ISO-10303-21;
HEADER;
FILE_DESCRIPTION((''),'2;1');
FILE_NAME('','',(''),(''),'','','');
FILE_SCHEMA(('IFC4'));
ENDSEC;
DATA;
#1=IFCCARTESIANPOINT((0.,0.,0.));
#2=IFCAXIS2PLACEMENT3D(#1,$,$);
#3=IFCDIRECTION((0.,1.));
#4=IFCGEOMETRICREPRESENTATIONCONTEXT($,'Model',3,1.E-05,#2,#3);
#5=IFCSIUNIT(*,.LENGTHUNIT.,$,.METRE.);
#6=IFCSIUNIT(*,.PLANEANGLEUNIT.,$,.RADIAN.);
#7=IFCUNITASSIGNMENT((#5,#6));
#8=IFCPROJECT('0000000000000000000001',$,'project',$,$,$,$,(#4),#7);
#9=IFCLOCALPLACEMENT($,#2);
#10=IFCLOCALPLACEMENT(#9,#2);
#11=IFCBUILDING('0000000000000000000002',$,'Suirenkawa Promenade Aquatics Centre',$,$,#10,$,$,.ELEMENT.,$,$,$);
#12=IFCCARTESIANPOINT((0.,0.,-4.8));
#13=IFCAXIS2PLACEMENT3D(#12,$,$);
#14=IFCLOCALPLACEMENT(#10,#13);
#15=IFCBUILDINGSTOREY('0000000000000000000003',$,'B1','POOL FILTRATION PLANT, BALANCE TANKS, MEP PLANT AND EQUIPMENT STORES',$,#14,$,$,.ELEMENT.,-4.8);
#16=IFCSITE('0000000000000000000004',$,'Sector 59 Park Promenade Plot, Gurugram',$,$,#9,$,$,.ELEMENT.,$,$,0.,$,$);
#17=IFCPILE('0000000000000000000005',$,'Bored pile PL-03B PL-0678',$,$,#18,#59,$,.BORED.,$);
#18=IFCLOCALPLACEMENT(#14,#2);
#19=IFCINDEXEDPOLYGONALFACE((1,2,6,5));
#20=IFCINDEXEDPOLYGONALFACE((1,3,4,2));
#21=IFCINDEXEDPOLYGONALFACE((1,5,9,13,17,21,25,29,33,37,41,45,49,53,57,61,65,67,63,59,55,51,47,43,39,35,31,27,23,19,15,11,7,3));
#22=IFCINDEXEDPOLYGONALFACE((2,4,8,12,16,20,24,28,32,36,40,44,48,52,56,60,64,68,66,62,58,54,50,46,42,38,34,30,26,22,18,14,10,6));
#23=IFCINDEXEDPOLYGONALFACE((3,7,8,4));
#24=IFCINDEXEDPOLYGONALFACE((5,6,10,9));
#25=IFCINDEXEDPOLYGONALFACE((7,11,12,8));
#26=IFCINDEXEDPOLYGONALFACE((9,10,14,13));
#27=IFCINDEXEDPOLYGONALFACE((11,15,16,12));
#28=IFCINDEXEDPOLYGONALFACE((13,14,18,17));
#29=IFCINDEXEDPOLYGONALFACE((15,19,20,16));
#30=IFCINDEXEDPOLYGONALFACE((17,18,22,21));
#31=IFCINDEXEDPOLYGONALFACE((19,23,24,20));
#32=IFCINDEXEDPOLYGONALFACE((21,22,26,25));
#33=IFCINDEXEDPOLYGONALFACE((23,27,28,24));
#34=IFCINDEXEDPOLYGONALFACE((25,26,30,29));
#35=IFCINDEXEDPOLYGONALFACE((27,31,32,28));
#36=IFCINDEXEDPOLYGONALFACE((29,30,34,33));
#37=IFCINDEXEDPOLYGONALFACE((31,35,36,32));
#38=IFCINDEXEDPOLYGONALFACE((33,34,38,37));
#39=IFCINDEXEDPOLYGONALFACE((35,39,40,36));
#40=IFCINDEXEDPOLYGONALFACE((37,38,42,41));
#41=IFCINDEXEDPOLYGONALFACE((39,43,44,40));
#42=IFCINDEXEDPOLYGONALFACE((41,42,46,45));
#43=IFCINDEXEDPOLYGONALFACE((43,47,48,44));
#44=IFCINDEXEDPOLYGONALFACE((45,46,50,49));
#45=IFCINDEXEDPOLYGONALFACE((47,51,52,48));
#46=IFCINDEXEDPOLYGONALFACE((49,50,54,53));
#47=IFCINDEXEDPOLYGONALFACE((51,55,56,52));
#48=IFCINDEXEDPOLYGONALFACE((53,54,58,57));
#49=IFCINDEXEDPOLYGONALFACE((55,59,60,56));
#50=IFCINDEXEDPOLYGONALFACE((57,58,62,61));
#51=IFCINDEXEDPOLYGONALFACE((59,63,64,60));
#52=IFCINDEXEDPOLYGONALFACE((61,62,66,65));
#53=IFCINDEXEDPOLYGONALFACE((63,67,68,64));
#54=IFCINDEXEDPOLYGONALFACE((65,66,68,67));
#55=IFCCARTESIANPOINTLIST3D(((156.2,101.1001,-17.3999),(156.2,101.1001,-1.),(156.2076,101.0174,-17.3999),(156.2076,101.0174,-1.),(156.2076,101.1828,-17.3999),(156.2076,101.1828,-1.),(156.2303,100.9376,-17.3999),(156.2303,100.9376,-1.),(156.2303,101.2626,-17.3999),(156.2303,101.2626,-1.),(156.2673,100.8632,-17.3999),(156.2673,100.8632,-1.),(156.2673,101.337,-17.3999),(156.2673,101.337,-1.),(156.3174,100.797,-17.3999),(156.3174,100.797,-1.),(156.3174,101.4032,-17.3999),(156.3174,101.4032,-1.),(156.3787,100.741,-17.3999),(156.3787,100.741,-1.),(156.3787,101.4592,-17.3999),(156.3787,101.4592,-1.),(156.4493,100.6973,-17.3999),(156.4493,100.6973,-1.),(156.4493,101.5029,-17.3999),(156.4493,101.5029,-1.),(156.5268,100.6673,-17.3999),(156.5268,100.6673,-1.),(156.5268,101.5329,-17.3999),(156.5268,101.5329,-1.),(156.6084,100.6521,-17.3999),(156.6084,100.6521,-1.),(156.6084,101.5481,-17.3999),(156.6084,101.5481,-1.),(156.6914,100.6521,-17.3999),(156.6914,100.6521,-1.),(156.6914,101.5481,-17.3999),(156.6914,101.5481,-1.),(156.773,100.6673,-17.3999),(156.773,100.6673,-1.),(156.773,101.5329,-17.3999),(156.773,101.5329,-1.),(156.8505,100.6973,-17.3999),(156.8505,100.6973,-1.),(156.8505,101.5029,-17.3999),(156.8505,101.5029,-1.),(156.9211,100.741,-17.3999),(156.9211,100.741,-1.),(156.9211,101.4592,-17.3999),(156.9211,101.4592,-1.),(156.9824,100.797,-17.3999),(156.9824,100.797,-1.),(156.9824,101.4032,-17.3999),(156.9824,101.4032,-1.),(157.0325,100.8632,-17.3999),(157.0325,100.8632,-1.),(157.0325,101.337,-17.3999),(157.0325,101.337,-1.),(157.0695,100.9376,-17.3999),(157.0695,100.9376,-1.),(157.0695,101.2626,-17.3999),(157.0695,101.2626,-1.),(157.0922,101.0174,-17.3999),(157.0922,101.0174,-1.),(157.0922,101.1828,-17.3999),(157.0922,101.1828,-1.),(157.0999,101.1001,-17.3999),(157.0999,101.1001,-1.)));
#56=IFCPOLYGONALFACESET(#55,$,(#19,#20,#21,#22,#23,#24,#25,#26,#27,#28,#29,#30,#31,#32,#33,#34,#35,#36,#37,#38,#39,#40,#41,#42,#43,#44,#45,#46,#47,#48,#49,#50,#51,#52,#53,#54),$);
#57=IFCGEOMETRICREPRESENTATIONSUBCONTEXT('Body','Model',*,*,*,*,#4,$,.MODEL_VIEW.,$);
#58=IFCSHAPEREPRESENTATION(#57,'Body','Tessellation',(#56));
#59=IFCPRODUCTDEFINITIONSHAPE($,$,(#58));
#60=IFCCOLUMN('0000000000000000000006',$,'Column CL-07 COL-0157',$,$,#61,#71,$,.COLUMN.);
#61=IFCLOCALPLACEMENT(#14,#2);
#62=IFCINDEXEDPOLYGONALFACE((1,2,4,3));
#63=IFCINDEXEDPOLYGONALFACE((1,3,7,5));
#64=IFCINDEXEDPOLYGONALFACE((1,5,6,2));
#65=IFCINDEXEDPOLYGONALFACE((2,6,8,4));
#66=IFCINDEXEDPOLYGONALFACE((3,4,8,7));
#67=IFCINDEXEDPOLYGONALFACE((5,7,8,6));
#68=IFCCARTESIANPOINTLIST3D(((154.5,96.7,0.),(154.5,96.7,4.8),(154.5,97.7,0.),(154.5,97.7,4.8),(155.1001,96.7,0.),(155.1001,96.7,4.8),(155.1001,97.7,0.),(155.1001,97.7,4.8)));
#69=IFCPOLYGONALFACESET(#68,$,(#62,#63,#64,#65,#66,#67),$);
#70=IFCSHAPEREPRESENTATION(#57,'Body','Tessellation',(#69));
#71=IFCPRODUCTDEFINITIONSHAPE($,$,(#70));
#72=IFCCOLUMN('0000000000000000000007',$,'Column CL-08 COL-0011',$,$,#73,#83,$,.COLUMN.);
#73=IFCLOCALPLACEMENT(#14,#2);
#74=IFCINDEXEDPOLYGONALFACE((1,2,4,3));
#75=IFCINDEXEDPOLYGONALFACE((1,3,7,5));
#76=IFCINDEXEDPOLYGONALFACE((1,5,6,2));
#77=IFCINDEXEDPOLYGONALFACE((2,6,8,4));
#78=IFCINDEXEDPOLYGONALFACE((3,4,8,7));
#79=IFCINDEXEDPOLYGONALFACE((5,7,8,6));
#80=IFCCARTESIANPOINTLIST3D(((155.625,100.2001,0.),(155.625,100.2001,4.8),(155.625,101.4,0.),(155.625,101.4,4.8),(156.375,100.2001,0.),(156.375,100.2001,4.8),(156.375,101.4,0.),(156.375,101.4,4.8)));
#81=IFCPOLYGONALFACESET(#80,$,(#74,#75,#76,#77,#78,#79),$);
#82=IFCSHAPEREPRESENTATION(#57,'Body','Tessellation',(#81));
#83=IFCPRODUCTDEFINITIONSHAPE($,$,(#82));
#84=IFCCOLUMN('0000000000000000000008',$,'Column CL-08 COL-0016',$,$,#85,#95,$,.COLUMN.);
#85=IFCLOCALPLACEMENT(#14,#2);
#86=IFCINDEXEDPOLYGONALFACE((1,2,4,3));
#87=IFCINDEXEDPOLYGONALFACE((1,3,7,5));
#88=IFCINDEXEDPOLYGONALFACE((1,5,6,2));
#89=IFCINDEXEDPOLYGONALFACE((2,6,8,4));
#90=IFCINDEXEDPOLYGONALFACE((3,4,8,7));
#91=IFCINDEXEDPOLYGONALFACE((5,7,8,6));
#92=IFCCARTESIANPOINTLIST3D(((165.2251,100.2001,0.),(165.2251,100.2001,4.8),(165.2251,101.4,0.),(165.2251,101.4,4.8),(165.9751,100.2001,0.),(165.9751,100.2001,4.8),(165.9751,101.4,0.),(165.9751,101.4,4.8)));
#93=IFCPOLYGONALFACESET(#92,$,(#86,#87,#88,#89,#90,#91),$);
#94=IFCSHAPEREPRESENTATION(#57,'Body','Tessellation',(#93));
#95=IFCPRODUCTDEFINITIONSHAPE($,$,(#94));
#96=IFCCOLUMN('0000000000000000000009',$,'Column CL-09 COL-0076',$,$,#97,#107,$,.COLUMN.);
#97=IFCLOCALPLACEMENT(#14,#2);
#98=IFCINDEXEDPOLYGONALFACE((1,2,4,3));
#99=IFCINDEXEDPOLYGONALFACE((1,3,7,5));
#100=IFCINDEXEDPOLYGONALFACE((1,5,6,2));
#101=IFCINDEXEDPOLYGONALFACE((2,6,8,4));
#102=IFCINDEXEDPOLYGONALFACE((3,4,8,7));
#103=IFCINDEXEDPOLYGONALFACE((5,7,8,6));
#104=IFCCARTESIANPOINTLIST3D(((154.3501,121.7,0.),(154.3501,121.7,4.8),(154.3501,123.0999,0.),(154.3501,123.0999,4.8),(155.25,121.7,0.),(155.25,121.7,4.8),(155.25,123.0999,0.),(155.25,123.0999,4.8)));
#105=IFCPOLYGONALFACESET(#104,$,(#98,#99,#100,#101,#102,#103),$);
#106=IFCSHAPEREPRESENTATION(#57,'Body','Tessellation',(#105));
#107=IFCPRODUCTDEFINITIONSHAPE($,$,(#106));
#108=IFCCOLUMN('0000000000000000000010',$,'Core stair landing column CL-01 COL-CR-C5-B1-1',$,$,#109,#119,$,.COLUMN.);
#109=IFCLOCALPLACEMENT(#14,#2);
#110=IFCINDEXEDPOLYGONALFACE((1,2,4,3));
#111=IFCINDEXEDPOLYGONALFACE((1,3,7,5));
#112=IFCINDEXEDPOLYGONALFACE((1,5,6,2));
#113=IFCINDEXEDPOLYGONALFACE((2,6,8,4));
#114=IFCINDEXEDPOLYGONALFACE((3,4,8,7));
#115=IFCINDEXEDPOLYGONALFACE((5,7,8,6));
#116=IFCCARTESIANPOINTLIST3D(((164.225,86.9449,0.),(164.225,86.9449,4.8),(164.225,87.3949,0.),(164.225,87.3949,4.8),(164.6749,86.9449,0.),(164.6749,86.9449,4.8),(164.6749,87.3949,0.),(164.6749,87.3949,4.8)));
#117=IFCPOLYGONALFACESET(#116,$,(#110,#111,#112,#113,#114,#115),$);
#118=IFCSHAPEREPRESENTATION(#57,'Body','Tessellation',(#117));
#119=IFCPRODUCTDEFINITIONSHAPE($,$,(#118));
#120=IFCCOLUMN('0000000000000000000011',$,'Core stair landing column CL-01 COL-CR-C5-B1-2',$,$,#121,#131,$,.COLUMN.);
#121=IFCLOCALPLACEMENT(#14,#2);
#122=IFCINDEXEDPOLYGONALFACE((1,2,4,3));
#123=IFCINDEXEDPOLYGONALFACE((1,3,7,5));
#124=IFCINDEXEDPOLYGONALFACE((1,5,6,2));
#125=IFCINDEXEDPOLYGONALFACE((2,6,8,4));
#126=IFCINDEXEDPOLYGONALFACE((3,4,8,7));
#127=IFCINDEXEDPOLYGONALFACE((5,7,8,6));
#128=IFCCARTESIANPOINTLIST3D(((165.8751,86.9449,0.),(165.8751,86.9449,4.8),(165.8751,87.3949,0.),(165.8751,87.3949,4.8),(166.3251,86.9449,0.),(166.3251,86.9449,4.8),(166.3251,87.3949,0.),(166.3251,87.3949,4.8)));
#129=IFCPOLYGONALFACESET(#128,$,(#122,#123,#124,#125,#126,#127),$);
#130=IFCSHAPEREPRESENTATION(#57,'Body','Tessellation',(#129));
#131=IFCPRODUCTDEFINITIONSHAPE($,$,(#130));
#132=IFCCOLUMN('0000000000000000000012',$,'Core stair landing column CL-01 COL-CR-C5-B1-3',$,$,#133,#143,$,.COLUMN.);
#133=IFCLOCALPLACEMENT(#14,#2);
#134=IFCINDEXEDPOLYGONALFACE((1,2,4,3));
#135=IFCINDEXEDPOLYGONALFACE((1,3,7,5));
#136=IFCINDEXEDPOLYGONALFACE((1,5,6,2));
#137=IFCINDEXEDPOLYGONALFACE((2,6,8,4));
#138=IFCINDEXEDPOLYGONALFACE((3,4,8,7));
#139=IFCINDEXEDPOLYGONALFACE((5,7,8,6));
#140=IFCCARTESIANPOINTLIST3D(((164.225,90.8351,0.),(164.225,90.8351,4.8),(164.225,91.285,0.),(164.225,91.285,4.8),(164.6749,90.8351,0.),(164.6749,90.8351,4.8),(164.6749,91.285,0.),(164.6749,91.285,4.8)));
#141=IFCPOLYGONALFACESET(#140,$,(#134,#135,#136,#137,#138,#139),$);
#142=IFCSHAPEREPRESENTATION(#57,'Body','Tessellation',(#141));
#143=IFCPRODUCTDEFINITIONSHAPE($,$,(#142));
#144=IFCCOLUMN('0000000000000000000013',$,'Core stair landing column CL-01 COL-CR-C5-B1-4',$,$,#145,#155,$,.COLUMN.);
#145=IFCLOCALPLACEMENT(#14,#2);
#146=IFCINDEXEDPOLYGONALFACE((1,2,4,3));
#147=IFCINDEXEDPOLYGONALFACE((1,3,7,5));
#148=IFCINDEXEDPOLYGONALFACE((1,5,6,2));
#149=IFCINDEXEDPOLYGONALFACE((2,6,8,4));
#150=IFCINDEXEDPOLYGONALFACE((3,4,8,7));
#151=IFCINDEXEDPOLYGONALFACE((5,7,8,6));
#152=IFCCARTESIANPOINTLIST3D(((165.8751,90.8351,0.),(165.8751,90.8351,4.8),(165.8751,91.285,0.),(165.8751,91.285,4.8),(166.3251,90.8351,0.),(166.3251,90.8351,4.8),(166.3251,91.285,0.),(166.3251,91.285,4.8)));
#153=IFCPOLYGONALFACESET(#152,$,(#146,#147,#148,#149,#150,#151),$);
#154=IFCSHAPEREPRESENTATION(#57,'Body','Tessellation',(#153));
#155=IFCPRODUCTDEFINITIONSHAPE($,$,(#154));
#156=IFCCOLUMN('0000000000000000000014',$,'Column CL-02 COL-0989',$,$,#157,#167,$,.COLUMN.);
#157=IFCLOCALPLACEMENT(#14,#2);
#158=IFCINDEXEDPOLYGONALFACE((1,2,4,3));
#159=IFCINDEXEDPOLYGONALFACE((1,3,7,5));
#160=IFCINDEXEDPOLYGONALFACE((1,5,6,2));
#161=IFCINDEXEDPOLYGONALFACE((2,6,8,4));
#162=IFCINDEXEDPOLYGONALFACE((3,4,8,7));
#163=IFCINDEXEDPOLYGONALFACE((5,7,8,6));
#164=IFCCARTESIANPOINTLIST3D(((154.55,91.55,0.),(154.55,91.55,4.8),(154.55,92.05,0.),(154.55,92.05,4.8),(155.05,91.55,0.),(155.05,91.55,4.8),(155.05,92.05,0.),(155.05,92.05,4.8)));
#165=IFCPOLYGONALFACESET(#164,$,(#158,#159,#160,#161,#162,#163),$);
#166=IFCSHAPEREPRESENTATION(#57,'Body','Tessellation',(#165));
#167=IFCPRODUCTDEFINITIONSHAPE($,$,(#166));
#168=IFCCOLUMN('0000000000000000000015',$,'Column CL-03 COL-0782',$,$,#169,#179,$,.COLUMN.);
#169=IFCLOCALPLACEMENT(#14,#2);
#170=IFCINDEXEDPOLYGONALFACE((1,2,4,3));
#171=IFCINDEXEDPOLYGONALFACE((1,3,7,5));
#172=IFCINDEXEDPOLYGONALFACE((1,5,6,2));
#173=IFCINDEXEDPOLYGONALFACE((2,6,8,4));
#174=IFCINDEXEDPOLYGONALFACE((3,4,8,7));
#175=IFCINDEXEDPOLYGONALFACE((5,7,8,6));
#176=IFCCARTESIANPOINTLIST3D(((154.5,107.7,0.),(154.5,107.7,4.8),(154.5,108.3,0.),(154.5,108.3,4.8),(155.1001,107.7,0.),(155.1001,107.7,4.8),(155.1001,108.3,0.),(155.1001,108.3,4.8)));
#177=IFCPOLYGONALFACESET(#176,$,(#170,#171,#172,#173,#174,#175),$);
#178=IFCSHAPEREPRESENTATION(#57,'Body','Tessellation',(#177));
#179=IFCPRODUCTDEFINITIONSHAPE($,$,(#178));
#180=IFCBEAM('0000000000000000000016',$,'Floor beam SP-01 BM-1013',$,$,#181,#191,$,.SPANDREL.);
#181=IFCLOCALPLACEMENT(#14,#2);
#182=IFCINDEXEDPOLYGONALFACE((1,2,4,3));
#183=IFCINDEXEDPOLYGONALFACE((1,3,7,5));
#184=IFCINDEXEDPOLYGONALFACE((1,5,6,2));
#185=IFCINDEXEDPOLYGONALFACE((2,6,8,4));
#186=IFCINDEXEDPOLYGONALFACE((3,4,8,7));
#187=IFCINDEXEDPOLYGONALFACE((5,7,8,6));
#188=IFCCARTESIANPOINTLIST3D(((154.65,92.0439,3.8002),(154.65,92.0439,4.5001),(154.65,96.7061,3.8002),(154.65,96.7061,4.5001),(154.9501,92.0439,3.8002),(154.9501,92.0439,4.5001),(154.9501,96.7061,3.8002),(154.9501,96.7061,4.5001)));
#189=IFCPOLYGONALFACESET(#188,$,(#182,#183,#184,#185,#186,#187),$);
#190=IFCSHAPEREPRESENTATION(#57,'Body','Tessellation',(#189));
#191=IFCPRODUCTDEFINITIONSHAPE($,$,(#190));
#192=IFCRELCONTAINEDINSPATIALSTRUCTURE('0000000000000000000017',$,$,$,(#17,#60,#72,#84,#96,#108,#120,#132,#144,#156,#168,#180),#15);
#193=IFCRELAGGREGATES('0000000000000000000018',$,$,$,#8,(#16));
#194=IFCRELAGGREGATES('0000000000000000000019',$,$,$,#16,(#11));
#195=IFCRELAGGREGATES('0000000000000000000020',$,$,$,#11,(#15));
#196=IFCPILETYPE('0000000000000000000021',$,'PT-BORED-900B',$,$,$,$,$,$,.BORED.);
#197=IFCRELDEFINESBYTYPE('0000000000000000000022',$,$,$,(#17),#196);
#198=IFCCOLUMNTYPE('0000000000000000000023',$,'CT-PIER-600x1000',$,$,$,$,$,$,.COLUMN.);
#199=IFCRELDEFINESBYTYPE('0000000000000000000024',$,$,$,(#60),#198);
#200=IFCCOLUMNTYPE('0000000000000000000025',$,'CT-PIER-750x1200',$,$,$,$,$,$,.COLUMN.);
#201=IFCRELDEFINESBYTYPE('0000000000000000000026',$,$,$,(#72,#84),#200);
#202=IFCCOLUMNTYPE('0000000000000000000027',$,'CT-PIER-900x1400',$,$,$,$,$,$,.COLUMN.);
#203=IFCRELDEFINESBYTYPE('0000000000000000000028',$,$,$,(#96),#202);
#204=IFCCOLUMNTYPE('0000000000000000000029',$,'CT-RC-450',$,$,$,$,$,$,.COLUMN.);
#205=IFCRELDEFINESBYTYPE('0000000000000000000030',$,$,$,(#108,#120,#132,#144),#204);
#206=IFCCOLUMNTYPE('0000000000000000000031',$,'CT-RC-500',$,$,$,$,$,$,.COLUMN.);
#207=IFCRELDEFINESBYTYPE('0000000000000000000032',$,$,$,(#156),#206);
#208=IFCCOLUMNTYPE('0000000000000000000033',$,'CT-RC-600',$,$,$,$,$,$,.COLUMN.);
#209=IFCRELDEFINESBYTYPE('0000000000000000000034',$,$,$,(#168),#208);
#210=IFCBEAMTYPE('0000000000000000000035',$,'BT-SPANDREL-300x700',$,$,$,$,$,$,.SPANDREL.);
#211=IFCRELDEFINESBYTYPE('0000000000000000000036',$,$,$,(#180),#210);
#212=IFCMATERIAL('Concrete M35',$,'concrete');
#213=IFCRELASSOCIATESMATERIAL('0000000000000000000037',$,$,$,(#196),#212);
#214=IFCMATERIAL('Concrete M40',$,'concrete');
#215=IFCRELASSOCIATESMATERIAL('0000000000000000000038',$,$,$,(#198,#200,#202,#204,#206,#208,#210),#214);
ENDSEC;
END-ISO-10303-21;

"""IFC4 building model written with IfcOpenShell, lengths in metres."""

from ifc_helpers import new_model, si_unit, direction, frame, origin, origin_2d, place, context, subcontext, project, spatial, rectangle, circle, extrude, material, material_profile, profile_set, type_object, element, save


model = new_model("IFC4")

# Units and contexts
model_context = context("Model", 3, precision=1e-05, world=origin(), true_north=direction((0.0, 1.0)))
body_context = subcontext(model_context, "Body", "Model", "MODEL_VIEW")
ifc_project = project(units=[si_unit("LENGTHUNIT", "METRE"), si_unit("PLANEANGLEUNIT", "RADIAN")], contexts=[model_context])

# Site, building, storey
site_placement = place(None, origin())
site = spatial("IfcSite", under=ifc_project, at=site_placement, Name="Sector 59 Park Promenade Plot, Gurugram", CompositionType="ELEMENT", RefElevation=0.0)
building_placement = place(site_placement, origin())
building = spatial("IfcBuilding", under=site, at=building_placement, Name="Suirenkawa Promenade Aquatics Centre", CompositionType="ELEMENT")
storey_placement = place(building_placement, frame((0.0, 0.0, -4.8)))
storey = spatial("IfcBuildingStorey", under=building, at=storey_placement, Name="B1", Description="POOL FILTRATION PLANT, BALANCE TANKS, MEP PLANT AND EQUIPMENT STORES", CompositionType="ELEMENT", Elevation=-4.8)

# Shared definitions
ifc_material_1 = material(Name="Concrete M35", Category="concrete")

# Pile
ifc_material_profile_1 = material_profile(ifc_material_1, circle(Radius=0.45, at=origin_2d()), Name="PILE D900", Category="concrete")
ifc_profile_set_1 = profile_set([ifc_material_profile_1], Name="Concrete M35")
pile_type_1 = type_object("IfcPileType", Name="PT-BORED-900B", PredefinedType="BORED", material=ifc_profile_set_1)
for number, where, z_axis, x_axis, name in (
    (1, (156.6499, 101.1001, -1.0), (0.0, 0.0, -1.0), (1.0, 0.0, 0.0), "Bored pile PL-03B PL-0678"),
):
    element("IfcPile", number, at=place(storey_placement, frame(where, z_axis=z_axis, x_axis=x_axis)), inside=storey, type_object=pile_type_1, Name=name, PredefinedType="BORED", context=body_context, shape_type="SweptSolid", body=[
        extrude(circle(Radius=0.45, at=origin_2d()), origin(), (0.0, 0.0, 1.0), 16.3999),
    ])

# Columns
ifc_material_2 = material(Name="Concrete M40", Category="concrete")
ifc_material_profile_2 = material_profile(ifc_material_2, rectangle(XDim=0.6001, YDim=1.0, at=origin_2d()), Name="RC PIER 600x1000", Category="concrete")
ifc_profile_set_2 = profile_set([ifc_material_profile_2], Name="Concrete M40")
column_type_1 = type_object("IfcColumnType", Name="CT-PIER-600x1000", PredefinedType="COLUMN", material=ifc_profile_set_2)
column_1_placement = place(storey_placement, frame((154.8, 97.2, 0.0), z_axis=(0.0, 0.0, 1.0), x_axis=(1.0, 0.0, 0.0)))
element("IfcColumn", 2, at=column_1_placement, inside=storey, type_object=column_type_1, Name="Column CL-07 COL-0157", PredefinedType="COLUMN", context=body_context, shape_type="SweptSolid", body=[
    extrude(rectangle(XDim=0.6001, YDim=1.0, at=origin_2d()), origin(), (0.0, 0.0, 1.0), 4.8),
])
ifc_material_profile_3 = material_profile(ifc_material_2, rectangle(XDim=0.75, YDim=1.2, at=origin_2d()), Name="RC PIER 750x1200", Category="concrete")
ifc_profile_set_3 = profile_set([ifc_material_profile_3], Name="Concrete M40")
column_type_2 = type_object("IfcColumnType", Name="CT-PIER-750x1200", PredefinedType="COLUMN", material=ifc_profile_set_3)
for number, where, z_axis, x_axis, name in (
    (3, (156.0, 100.8, 0.0), (0.0, 0.0, 1.0), (1.0, 0.0, 0.0), "Column CL-08 COL-0011"),
    (4, (165.6001, 100.8, 0.0), (0.0, 0.0, 1.0), (1.0, 0.0, 0.0), "Column CL-08 COL-0016"),
):
    element("IfcColumn", number, at=place(storey_placement, frame(where, z_axis=z_axis, x_axis=x_axis)), inside=storey, type_object=column_type_2, Name=name, PredefinedType="COLUMN", context=body_context, shape_type="SweptSolid", body=[
        extrude(rectangle(XDim=0.75, YDim=1.2, at=origin_2d()), origin(), (0.0, 0.0, 1.0), 4.8),
    ])
ifc_material_profile_4 = material_profile(ifc_material_2, rectangle(XDim=0.8999, YDim=1.3999, at=origin_2d()), Name="RC PIER 900x1400", Category="concrete")
ifc_profile_set_4 = profile_set([ifc_material_profile_4], Name="Concrete M40")
column_type_3 = type_object("IfcColumnType", Name="CT-PIER-900x1400", PredefinedType="COLUMN", material=ifc_profile_set_4)
column_2_placement = place(storey_placement, frame((154.8, 122.3999, 0.0), z_axis=(0.0, 0.0, 1.0), x_axis=(1.0, 0.0, 0.0)))
element("IfcColumn", 5, at=column_2_placement, inside=storey, type_object=column_type_3, Name="Column CL-09 COL-0076", PredefinedType="COLUMN", context=body_context, shape_type="SweptSolid", body=[
    extrude(rectangle(XDim=0.8999, YDim=1.3999, at=origin_2d()), origin(), (0.0, 0.0, 1.0), 4.8),
])
ifc_material_profile_5 = material_profile(ifc_material_2, rectangle(XDim=0.45, YDim=0.45, at=origin_2d()), Name="RC COL 450x450", Category="concrete")
ifc_profile_set_5 = profile_set([ifc_material_profile_5], Name="Concrete M40")
column_type_4 = type_object("IfcColumnType", Name="CT-RC-450", PredefinedType="COLUMN", material=ifc_profile_set_5)
for number, where, z_axis, x_axis, name in (
    (6, (164.45, 87.1699, 0.0), (0.0, 0.0, 1.0), (1.0, 0.0, 0.0), "Core stair landing column CL-01 COL-CR-C5-B1-1"),
    (7, (166.1001, 87.1699, 0.0), (0.0, 0.0, 1.0), (1.0, 0.0, 0.0), "Core stair landing column CL-01 COL-CR-C5-B1-2"),
    (8, (164.45, 91.0601, 0.0), (0.0, 0.0, 1.0), (1.0, 0.0, 0.0), "Core stair landing column CL-01 COL-CR-C5-B1-3"),
    (9, (166.1001, 91.0601, 0.0), (0.0, 0.0, 1.0), (1.0, 0.0, 0.0), "Core stair landing column CL-01 COL-CR-C5-B1-4"),
):
    element("IfcColumn", number, at=place(storey_placement, frame(where, z_axis=z_axis, x_axis=x_axis)), inside=storey, type_object=column_type_4, Name=name, PredefinedType="COLUMN", context=body_context, shape_type="SweptSolid", body=[
        extrude(rectangle(XDim=0.45, YDim=0.45, at=origin_2d()), origin(), (0.0, 0.0, 1.0), 4.8),
    ])
ifc_material_profile_6 = material_profile(ifc_material_2, rectangle(XDim=0.5, YDim=0.5, at=origin_2d()), Name="RC COL 500x500", Category="concrete")
ifc_profile_set_6 = profile_set([ifc_material_profile_6], Name="Concrete M40")
column_type_5 = type_object("IfcColumnType", Name="CT-RC-500", PredefinedType="COLUMN", material=ifc_profile_set_6)
column_3_placement = place(storey_placement, frame((154.8, 91.8, 0.0), z_axis=(0.0, 0.0, 1.0), x_axis=(1.0, 0.0, 0.0)))
element("IfcColumn", 10, at=column_3_placement, inside=storey, type_object=column_type_5, Name="Column CL-02 COL-0989", PredefinedType="COLUMN", context=body_context, shape_type="SweptSolid", body=[
    extrude(rectangle(XDim=0.5, YDim=0.5, at=origin_2d()), origin(), (0.0, 0.0, 1.0), 4.8),
])
ifc_material_profile_7 = material_profile(ifc_material_2, rectangle(XDim=0.6001, YDim=0.6001, at=origin_2d()), Name="RC COL 600x600", Category="concrete")
ifc_profile_set_7 = profile_set([ifc_material_profile_7], Name="Concrete M40")
column_type_6 = type_object("IfcColumnType", Name="CT-RC-600", PredefinedType="COLUMN", material=ifc_profile_set_7)
column_4_placement = place(storey_placement, frame((154.8, 108.0, 0.0), z_axis=(0.0, 0.0, 1.0), x_axis=(1.0, 0.0, 0.0)))
element("IfcColumn", 11, at=column_4_placement, inside=storey, type_object=column_type_6, Name="Column CL-03 COL-0782", PredefinedType="COLUMN", context=body_context, shape_type="SweptSolid", body=[
    extrude(rectangle(XDim=0.6001, YDim=0.6001, at=origin_2d()), origin(), (0.0, 0.0, 1.0), 4.8),
])

# Beam
ifc_material_profile_8 = material_profile(ifc_material_2, rectangle(XDim=0.3, YDim=0.7, at=origin_2d()), Name="RC SPANDREL 300x700", Category="concrete")
ifc_profile_set_8 = profile_set([ifc_material_profile_8], Name="Concrete M40")
beam_type = type_object("IfcBeamType", Name="BT-SPANDREL-300x700", PredefinedType="SPANDREL", material=ifc_profile_set_8)
beam_1_placement = place(storey_placement, frame((154.8, 92.0439, 4.1501), z_axis=(0.0, 1.0, 0.0), x_axis=(-1.0, 0.0, 0.0)))
element("IfcBeam", 12, at=beam_1_placement, inside=storey, type_object=beam_type, Name="Floor beam SP-01 BM-1013", PredefinedType="SPANDREL", context=body_context, shape_type="SweptSolid", body=[
    extrude(rectangle(XDim=0.3, YDim=0.7, at=origin_2d()), origin(), (0.0, 0.0, 1.0), 4.6621),
])

save(model, "model.ifc")
